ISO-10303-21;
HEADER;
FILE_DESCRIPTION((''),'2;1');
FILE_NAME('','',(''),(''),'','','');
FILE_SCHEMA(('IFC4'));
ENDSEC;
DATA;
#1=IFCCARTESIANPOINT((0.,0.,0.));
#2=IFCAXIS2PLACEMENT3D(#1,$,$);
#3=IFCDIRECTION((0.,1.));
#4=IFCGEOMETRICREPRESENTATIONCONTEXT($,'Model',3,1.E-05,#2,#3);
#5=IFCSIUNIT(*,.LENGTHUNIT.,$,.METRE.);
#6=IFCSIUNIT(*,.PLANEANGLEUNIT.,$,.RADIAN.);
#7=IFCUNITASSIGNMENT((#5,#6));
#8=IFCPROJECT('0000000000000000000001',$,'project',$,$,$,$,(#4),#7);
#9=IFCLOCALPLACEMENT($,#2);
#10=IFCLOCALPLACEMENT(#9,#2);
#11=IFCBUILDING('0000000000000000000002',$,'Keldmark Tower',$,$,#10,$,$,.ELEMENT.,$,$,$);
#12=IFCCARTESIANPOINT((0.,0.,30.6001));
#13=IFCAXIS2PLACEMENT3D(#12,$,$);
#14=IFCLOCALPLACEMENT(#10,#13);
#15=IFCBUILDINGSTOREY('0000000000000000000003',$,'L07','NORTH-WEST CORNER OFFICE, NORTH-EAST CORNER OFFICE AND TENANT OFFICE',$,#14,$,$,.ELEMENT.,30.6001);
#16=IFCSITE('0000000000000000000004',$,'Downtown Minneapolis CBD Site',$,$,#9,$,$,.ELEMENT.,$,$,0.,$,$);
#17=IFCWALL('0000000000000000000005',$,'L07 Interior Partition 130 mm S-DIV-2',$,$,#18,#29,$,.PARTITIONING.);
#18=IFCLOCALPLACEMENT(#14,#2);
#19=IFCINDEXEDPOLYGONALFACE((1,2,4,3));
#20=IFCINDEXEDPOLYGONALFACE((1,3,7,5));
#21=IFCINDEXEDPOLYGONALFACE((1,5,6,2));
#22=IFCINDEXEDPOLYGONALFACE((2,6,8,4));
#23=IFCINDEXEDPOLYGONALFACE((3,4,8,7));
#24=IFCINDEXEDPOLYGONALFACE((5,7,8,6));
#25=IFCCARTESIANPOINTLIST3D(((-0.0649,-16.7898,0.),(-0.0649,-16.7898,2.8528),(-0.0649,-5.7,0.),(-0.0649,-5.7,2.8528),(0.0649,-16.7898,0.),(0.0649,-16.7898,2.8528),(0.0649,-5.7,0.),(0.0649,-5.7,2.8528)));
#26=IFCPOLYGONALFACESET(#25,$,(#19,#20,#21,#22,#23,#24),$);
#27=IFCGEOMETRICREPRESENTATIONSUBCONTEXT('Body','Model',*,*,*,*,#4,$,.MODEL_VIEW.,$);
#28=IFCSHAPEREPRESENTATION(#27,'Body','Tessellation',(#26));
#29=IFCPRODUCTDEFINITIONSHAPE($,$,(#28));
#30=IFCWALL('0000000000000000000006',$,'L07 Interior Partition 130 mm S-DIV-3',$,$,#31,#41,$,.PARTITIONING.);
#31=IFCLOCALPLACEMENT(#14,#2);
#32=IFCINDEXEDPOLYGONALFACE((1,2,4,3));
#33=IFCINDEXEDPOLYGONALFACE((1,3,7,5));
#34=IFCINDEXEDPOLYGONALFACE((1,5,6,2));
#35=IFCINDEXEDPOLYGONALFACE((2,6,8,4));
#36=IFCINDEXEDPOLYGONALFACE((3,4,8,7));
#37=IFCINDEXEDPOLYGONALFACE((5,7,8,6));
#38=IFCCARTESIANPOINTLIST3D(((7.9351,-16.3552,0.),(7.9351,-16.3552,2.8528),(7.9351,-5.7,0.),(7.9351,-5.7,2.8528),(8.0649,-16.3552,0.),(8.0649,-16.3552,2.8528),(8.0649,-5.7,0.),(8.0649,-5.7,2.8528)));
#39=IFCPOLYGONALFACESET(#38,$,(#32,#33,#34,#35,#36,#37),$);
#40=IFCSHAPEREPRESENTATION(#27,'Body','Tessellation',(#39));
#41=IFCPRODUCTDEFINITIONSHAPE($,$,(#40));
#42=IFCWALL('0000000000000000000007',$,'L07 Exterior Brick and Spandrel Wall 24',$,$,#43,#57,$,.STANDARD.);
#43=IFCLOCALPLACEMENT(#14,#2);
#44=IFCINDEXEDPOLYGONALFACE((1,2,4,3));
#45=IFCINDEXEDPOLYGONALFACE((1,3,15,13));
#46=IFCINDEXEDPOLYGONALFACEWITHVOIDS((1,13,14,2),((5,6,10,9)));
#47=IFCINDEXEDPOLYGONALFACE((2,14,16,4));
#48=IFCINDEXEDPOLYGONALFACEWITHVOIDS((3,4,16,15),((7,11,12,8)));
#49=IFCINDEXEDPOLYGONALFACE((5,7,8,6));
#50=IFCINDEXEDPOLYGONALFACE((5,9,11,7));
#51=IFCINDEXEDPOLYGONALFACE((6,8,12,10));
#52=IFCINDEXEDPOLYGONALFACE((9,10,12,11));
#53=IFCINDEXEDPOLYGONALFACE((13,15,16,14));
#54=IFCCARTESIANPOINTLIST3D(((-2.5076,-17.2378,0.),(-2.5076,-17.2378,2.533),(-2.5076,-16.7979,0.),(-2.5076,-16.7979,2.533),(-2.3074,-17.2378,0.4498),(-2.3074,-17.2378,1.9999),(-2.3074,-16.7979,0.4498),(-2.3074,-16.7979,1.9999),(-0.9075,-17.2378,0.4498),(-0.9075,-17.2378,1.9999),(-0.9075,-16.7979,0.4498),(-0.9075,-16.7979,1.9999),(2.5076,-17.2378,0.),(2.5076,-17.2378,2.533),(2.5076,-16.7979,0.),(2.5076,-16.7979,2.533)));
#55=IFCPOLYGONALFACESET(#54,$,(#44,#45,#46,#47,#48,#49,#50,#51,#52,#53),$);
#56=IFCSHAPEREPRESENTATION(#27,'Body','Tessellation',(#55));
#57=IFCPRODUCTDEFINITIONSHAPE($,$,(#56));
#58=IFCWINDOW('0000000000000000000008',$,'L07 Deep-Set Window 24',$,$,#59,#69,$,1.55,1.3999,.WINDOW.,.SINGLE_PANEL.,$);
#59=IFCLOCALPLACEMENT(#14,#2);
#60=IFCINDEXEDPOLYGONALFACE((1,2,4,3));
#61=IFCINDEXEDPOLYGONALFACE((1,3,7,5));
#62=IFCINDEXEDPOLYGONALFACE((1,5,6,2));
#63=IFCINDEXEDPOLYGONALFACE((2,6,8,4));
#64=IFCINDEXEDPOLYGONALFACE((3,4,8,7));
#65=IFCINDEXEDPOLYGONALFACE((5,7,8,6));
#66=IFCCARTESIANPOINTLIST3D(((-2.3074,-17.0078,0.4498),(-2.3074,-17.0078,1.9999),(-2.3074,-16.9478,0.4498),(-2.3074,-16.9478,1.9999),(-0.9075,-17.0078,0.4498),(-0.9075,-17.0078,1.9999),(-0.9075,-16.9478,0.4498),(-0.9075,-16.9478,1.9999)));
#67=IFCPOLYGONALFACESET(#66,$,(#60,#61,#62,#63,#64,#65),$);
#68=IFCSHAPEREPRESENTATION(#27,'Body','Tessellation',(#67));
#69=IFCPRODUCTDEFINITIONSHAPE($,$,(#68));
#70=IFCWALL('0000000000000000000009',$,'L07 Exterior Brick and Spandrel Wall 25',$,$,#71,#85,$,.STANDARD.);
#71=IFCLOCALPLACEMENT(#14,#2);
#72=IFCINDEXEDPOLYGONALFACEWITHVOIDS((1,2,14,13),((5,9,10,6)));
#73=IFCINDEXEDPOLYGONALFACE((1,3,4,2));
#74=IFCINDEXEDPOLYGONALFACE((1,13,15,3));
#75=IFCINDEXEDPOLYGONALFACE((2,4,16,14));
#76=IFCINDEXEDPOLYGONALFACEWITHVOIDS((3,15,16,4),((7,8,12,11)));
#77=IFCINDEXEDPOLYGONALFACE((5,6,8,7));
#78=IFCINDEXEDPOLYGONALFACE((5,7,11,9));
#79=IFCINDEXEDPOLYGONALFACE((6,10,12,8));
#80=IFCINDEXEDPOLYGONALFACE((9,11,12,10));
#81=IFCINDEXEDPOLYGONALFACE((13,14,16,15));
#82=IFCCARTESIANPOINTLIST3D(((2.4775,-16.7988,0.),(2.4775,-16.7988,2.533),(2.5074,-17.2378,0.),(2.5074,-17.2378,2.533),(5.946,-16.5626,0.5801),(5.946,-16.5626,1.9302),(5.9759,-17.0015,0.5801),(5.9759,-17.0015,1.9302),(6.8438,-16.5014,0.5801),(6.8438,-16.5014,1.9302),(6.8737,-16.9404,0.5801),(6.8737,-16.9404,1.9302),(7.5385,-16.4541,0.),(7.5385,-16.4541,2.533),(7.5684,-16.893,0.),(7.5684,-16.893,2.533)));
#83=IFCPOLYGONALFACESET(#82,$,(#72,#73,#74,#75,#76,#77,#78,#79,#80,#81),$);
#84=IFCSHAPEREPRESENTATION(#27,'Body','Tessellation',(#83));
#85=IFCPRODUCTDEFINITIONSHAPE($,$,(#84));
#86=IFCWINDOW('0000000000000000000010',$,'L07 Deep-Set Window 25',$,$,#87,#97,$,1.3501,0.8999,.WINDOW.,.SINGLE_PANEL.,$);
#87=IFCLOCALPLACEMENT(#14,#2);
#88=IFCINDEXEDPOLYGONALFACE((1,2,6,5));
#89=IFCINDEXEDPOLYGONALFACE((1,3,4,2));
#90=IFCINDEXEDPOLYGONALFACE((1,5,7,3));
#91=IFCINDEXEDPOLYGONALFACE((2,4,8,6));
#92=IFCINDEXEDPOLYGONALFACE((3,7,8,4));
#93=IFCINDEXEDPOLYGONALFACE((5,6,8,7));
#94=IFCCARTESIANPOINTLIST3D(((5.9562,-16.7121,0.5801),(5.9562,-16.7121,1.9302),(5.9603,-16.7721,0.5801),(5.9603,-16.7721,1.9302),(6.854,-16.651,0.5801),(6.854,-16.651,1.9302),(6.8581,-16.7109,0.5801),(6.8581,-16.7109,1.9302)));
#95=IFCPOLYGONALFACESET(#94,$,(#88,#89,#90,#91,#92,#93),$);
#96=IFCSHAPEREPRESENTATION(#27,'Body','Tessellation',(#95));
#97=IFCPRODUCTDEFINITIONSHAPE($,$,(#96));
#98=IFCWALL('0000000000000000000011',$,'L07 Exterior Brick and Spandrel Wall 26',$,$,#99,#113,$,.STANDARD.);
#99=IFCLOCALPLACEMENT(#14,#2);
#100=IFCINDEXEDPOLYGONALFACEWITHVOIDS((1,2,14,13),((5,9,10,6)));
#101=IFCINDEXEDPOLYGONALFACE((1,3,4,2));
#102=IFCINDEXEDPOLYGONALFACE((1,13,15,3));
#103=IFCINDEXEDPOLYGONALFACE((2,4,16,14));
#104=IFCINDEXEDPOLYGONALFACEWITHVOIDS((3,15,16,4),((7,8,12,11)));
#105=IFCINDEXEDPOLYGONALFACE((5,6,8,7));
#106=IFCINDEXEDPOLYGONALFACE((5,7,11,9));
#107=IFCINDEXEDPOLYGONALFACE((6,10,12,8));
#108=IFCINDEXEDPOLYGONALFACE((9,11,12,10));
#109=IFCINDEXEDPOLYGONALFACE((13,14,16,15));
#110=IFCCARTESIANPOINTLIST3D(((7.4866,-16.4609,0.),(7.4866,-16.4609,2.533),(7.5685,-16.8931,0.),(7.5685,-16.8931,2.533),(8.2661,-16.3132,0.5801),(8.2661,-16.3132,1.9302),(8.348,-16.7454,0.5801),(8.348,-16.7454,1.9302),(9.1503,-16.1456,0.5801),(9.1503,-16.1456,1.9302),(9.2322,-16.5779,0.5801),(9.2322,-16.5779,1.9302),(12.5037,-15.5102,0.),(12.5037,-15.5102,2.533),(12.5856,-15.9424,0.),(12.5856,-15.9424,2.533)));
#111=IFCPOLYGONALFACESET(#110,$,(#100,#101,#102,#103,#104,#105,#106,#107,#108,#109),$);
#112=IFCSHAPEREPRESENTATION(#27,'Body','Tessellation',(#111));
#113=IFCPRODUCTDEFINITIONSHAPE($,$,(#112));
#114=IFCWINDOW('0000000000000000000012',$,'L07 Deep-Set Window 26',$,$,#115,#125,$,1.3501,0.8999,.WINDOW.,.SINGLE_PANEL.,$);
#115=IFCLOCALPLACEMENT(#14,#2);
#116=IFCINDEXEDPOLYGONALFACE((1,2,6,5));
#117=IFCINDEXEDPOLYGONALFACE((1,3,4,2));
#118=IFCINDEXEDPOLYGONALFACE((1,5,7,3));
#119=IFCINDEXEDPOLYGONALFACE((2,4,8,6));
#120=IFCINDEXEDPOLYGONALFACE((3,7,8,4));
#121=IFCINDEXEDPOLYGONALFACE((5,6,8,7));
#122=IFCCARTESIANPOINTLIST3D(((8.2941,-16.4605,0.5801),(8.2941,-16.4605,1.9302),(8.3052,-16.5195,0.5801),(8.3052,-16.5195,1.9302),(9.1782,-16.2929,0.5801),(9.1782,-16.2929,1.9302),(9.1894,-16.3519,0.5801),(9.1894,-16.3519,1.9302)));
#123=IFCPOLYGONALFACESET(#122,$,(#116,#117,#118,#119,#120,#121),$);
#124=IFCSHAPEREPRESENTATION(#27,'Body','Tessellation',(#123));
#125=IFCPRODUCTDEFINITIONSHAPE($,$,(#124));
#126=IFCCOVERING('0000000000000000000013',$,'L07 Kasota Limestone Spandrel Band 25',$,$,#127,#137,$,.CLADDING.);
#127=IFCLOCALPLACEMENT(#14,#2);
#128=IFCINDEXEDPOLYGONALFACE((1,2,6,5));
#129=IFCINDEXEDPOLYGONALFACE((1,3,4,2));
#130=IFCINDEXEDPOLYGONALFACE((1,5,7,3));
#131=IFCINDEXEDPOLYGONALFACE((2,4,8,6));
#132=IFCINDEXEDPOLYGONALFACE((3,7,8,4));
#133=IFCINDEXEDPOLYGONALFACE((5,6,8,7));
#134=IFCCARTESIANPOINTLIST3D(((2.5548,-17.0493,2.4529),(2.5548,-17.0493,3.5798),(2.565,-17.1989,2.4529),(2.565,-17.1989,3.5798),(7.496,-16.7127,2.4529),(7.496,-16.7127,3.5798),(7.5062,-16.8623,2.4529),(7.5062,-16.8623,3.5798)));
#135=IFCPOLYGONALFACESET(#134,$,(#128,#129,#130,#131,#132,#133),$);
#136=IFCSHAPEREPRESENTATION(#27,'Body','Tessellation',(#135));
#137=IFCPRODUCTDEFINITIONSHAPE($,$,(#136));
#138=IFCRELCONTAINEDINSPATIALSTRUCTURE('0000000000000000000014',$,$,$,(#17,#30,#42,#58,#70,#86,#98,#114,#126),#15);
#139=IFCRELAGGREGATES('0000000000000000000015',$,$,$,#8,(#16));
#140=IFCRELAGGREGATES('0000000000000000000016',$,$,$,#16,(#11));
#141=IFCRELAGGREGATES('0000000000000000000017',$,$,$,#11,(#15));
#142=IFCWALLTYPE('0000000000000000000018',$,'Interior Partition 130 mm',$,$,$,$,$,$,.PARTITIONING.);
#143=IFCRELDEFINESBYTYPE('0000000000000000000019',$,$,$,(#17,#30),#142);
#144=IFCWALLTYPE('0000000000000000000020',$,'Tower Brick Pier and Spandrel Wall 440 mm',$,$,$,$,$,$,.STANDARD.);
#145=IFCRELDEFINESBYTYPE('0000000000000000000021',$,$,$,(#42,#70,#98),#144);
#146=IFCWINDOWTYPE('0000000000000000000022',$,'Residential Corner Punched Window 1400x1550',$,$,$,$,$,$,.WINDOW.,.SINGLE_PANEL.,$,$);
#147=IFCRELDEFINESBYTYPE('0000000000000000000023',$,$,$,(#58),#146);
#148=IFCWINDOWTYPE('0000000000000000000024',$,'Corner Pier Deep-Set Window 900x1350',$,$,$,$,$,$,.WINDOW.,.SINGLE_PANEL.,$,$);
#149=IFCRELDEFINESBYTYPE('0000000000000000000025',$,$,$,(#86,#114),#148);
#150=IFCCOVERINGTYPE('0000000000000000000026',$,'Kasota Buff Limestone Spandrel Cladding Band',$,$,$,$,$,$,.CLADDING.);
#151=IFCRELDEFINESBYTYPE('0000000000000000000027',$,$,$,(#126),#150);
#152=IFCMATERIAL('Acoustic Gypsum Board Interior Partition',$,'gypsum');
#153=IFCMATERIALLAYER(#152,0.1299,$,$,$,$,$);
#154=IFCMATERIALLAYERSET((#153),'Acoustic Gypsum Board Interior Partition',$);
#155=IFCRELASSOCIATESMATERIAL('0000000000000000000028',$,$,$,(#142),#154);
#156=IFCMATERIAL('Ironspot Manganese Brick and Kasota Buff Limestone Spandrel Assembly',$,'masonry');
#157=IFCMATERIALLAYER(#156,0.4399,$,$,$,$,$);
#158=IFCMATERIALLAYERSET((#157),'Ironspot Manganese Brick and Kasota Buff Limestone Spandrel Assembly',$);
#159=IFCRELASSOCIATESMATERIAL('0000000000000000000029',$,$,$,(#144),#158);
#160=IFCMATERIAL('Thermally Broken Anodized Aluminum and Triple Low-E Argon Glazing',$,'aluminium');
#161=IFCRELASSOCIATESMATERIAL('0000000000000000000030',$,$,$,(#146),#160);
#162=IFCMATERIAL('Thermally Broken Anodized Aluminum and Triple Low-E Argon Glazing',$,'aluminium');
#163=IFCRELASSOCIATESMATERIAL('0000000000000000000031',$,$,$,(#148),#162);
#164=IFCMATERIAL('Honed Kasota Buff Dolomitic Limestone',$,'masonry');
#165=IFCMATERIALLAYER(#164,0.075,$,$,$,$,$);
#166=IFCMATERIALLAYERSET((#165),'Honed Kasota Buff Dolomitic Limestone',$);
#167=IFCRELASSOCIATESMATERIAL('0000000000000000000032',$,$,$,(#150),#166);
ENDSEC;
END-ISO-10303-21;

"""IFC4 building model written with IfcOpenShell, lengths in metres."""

from ifc_helpers import new_model, si_unit, direction, frame, frame_2d, origin, origin_2d, place, context, subcontext, project, spatial, rectangle, extrude, material, layer, layer_set, type_object, element, fill, save


model = new_model("IFC4")

# Units and contexts
model_context = context("Model", 3, precision=1e-05, world=origin(), true_north=direction((0.0, 1.0)))
body_context = subcontext(model_context, "Body", "Model", "MODEL_VIEW")
ifc_project = project(units=[si_unit("LENGTHUNIT", "METRE"), si_unit("PLANEANGLEUNIT", "RADIAN")], contexts=[model_context])

# Site, building, storey
site_placement = place(None, origin())
site = spatial("IfcSite", under=ifc_project, at=site_placement, Name="Downtown Minneapolis CBD Site", CompositionType="ELEMENT", RefElevation=0.0)
building_placement = place(site_placement, origin())
building = spatial("IfcBuilding", under=site, at=building_placement, Name="Keldmark Tower", CompositionType="ELEMENT")
storey_placement = place(building_placement, frame((0.0, 0.0, 30.6001)))
storey = spatial("IfcBuildingStorey", under=building, at=storey_placement, Name="L07", Description="NORTH-WEST CORNER OFFICE, NORTH-EAST CORNER OFFICE AND TENANT OFFICE", CompositionType="ELEMENT", Elevation=30.6001)

# Walls
ifc_material_1 = material(Name="Acoustic Gypsum Board Interior Partition", Category="gypsum")
ifc_layer_1 = layer(ifc_material_1, 0.1299)
ifc_layer_set_1 = layer_set([ifc_layer_1], Name="Acoustic Gypsum Board Interior Partition")
wall_type_1 = type_object("IfcWallType", Name="Interior Partition 130 mm", PredefinedType="PARTITIONING", material=ifc_layer_set_1)
wall_1_placement = place(storey_placement, frame((0.0, -16.7898, 0.0), z_axis=(0.0, 0.0, 1.0), x_axis=(0.0, 1.0, 0.0)))
element("IfcWall", 1, at=wall_1_placement, inside=storey, type_object=wall_type_1, Name="L07 Interior Partition 130 mm S-DIV-2", PredefinedType="PARTITIONING", context=body_context, shape_type="SweptSolid", body=[
    extrude(rectangle(XDim=11.0898, YDim=0.1299, at=frame_2d((5.5449, 0.0))), origin(), (0.0, 0.0, 1.0), 2.8528),
])
wall_2_placement = place(storey_placement, frame((8.0, -16.3552, 0.0), z_axis=(0.0, 0.0, 1.0), x_axis=(0.0, 1.0, 0.0)))
element("IfcWall", 2, at=wall_2_placement, inside=storey, type_object=wall_type_1, Name="L07 Interior Partition 130 mm S-DIV-3", PredefinedType="PARTITIONING", context=body_context, shape_type="SweptSolid", body=[
    extrude(rectangle(XDim=10.6553, YDim=0.1299, at=frame_2d((5.3276, 0.0))), origin(), (0.0, 0.0, 1.0), 2.8528),
])

# Walls, openings, windows
ifc_material_2 = material(Name="Ironspot Manganese Brick and Kasota Buff Limestone Spandrel Assembly", Category="masonry")
ifc_layer_2 = layer(ifc_material_2, 0.4399)
ifc_layer_set_2 = layer_set([ifc_layer_2], Name="Ironspot Manganese Brick and Kasota Buff Limestone Spandrel Assembly")
wall_type_2 = type_object("IfcWallType", Name="Tower Brick Pier and Spandrel Wall 440 mm", PredefinedType="STANDARD", material=ifc_layer_set_2)
wall_3_placement = place(storey_placement, frame((2.5076, -17.0178, 0.0), z_axis=(0.0, 0.0, 1.0), x_axis=(-1.0, 0.0, 0.0)))
wall_3 = element("IfcWall", 3, at=wall_3_placement, inside=storey, type_object=wall_type_2, Name="L07 Exterior Brick and Spandrel Wall 24", PredefinedType="STANDARD", context=body_context, shape_type="SweptSolid", body=[
    extrude(rectangle(XDim=5.0151, YDim=0.4399, at=frame_2d((2.5076, 0.0))), origin(), (0.0, 0.0, 1.0), 2.533),
])
opening_1_placement = place(wall_3_placement, frame((3.415, 0.0, 0.45)))
opening_1 = element("IfcOpeningElement", 4, at=opening_1_placement, cuts=wall_3, PredefinedType="OPENING", context=body_context, shape_type="SweptSolid", body=[
    extrude(rectangle(XDim=1.3999, YDim=1.55, at=frame_2d((0.7, 0.7749))), frame((0.0, 0.23, 0.0), z_axis=(0.0, -1.0, 0.0), x_axis=(1.0, 0.0, 0.0)), (0.0, 0.0, 1.0), 0.46),
])
ifc_material_3 = material(Name="Thermally Broken Anodized Aluminum and Triple Low-E Argon Glazing", Category="aluminium")
window_type_1 = type_object("IfcWindowType", Name="Residential Corner Punched Window 1400x1550", PartitioningType="SINGLE_PANEL", PredefinedType="WINDOW", material=ifc_material_3)
window_1_placement = place(opening_1_placement, origin())
window_1 = element("IfcWindow", 5, at=window_1_placement, inside=storey, type_object=window_type_1, Name="L07 Deep-Set Window 24", OverallHeight=1.55, OverallWidth=1.3999, PartitioningType="SINGLE_PANEL", PredefinedType="WINDOW", context=body_context, shape_type="SweptSolid", body=[
    extrude(rectangle(XDim=1.3999, YDim=1.55, at=frame_2d((0.7, 0.7749))), frame((0.0, -0.01, 0.0), z_axis=(0.0, -1.0, 0.0), x_axis=(1.0, 0.0, 0.0)), (0.0, 0.0, 1.0), 0.0601),
])
fill(opening_1, window_1)
wall_4_placement = place(storey_placement, frame((7.5535, -16.6736, 0.0), z_axis=(0.0, 0.0, 1.0), x_axis=(-0.997688, -0.067956, 0.0)))
wall_4 = element("IfcWall", 6, at=wall_4_placement, inside=storey, type_object=wall_type_2, Name="L07 Exterior Brick and Spandrel Wall 25", PredefinedType="STANDARD", context=body_context, shape_type="SweptSolid", body=[
    extrude(rectangle(XDim=5.0728, YDim=0.4399, at=frame_2d((2.5364, 0.0))), origin(), (0.0, 0.0, 1.0), 2.533),
])
opening_2_placement = place(wall_4_placement, frame((0.6963, 0.0, 0.5801)))
opening_2 = element("IfcOpeningElement", 7, at=opening_2_placement, cuts=wall_4, PredefinedType="OPENING", context=body_context, shape_type="SweptSolid", body=[
    extrude(rectangle(XDim=0.8999, YDim=1.3501, at=frame_2d((0.45, 0.675))), frame((0.0, 0.23, 0.0), z_axis=(0.0, -1.0, 0.0), x_axis=(1.0, 0.0, 0.0)), (0.0, 0.0, 1.0), 0.46),
])
ifc_material_4 = material(Name="Thermally Broken Anodized Aluminum and Triple Low-E Argon Glazing", Category="aluminium")
window_type_2 = type_object("IfcWindowType", Name="Corner Pier Deep-Set Window 900x1350", PartitioningType="SINGLE_PANEL", PredefinedType="WINDOW", material=ifc_material_4)
window_2_placement = place(opening_2_placement, origin())
window_2 = element("IfcWindow", 8, at=window_2_placement, inside=storey, type_object=window_type_2, Name="L07 Deep-Set Window 25", OverallHeight=1.3501, OverallWidth=0.8999, PartitioningType="SINGLE_PANEL", PredefinedType="WINDOW", context=body_context, shape_type="SweptSolid", body=[
    extrude(rectangle(XDim=0.8999, YDim=1.3501, at=frame_2d((0.45, 0.675))), frame((0.0, -0.01, 0.0), z_axis=(0.0, -1.0, 0.0), x_axis=(1.0, 0.0, 0.0)), (0.0, 0.0, 1.0), 0.0601),
])
fill(opening_2, window_2)
wall_5_placement = place(storey_placement, frame((12.5447, -15.7263, 0.0), z_axis=(0.0, 0.0, 1.0), x_axis=(-0.982516, -0.186176, 0.0)))
wall_5 = element("IfcWall", 9, at=wall_5_placement, inside=storey, type_object=wall_type_2, Name="L07 Exterior Brick and Spandrel Wall 26", PredefinedType="STANDARD", context=body_context, shape_type="SweptSolid", body=[
    extrude(rectangle(XDim=5.1064, YDim=0.4399, at=frame_2d((2.5532, 0.0))), origin(), (0.0, 0.0, 1.0), 2.533),
])
opening_3_placement = place(wall_5_placement, frame((3.4131, 0.0, 0.5801)))
opening_3 = element("IfcOpeningElement", 10, at=opening_3_placement, cuts=wall_5, PredefinedType="OPENING", context=body_context, shape_type="SweptSolid", body=[
    extrude(rectangle(XDim=0.8999, YDim=1.3501, at=frame_2d((0.45, 0.675))), frame((0.0, 0.23, 0.0), z_axis=(0.0, -1.0, 0.0), x_axis=(1.0, 0.0, 0.0)), (0.0, 0.0, 1.0), 0.46),
])
window_3_placement = place(opening_3_placement, origin())
window_3 = element("IfcWindow", 11, at=window_3_placement, inside=storey, type_object=window_type_2, Name="L07 Deep-Set Window 26", OverallHeight=1.3501, OverallWidth=0.8999, PartitioningType="SINGLE_PANEL", PredefinedType="WINDOW", context=body_context, shape_type="SweptSolid", body=[
    extrude(rectangle(XDim=0.8999, YDim=1.3501, at=frame_2d((0.45, 0.675))), frame((0.0, -0.01, 0.0), z_axis=(0.0, -1.0, 0.0), x_axis=(1.0, 0.0, 0.0)), (0.0, 0.0, 1.0), 0.0601),
])
fill(opening_3, window_3)

# Covering
ifc_material_5 = material(Name="Honed Kasota Buff Dolomitic Limestone", Category="masonry")
ifc_layer_3 = layer(ifc_material_5, 0.075)
ifc_layer_set_3 = layer_set([ifc_layer_3], Name="Honed Kasota Buff Dolomitic Limestone")
covering_type = type_object("IfcCoveringType", Name="Kasota Buff Limestone Spandrel Cladding Band", PredefinedType="CLADDING", material=ifc_layer_set_3)
covering_placement = place(storey_placement, frame((5.0305, -16.9558, 2.4529), z_axis=(0.0, 0.0, 1.0), x_axis=(0.997688, 0.067963, 0.0)))
element("IfcCovering", 12, at=covering_placement, inside=storey, type_object=covering_type, Name="L07 Kasota Limestone Spandrel Band 25", PredefinedType="CLADDING", context=body_context, shape_type="SweptSolid", body=[
    extrude(rectangle(XDim=4.9526, YDim=0.1499, at=origin_2d()), origin(), (0.0, 0.0, 1.0), 1.127),
])

save(model, "model.ifc")
